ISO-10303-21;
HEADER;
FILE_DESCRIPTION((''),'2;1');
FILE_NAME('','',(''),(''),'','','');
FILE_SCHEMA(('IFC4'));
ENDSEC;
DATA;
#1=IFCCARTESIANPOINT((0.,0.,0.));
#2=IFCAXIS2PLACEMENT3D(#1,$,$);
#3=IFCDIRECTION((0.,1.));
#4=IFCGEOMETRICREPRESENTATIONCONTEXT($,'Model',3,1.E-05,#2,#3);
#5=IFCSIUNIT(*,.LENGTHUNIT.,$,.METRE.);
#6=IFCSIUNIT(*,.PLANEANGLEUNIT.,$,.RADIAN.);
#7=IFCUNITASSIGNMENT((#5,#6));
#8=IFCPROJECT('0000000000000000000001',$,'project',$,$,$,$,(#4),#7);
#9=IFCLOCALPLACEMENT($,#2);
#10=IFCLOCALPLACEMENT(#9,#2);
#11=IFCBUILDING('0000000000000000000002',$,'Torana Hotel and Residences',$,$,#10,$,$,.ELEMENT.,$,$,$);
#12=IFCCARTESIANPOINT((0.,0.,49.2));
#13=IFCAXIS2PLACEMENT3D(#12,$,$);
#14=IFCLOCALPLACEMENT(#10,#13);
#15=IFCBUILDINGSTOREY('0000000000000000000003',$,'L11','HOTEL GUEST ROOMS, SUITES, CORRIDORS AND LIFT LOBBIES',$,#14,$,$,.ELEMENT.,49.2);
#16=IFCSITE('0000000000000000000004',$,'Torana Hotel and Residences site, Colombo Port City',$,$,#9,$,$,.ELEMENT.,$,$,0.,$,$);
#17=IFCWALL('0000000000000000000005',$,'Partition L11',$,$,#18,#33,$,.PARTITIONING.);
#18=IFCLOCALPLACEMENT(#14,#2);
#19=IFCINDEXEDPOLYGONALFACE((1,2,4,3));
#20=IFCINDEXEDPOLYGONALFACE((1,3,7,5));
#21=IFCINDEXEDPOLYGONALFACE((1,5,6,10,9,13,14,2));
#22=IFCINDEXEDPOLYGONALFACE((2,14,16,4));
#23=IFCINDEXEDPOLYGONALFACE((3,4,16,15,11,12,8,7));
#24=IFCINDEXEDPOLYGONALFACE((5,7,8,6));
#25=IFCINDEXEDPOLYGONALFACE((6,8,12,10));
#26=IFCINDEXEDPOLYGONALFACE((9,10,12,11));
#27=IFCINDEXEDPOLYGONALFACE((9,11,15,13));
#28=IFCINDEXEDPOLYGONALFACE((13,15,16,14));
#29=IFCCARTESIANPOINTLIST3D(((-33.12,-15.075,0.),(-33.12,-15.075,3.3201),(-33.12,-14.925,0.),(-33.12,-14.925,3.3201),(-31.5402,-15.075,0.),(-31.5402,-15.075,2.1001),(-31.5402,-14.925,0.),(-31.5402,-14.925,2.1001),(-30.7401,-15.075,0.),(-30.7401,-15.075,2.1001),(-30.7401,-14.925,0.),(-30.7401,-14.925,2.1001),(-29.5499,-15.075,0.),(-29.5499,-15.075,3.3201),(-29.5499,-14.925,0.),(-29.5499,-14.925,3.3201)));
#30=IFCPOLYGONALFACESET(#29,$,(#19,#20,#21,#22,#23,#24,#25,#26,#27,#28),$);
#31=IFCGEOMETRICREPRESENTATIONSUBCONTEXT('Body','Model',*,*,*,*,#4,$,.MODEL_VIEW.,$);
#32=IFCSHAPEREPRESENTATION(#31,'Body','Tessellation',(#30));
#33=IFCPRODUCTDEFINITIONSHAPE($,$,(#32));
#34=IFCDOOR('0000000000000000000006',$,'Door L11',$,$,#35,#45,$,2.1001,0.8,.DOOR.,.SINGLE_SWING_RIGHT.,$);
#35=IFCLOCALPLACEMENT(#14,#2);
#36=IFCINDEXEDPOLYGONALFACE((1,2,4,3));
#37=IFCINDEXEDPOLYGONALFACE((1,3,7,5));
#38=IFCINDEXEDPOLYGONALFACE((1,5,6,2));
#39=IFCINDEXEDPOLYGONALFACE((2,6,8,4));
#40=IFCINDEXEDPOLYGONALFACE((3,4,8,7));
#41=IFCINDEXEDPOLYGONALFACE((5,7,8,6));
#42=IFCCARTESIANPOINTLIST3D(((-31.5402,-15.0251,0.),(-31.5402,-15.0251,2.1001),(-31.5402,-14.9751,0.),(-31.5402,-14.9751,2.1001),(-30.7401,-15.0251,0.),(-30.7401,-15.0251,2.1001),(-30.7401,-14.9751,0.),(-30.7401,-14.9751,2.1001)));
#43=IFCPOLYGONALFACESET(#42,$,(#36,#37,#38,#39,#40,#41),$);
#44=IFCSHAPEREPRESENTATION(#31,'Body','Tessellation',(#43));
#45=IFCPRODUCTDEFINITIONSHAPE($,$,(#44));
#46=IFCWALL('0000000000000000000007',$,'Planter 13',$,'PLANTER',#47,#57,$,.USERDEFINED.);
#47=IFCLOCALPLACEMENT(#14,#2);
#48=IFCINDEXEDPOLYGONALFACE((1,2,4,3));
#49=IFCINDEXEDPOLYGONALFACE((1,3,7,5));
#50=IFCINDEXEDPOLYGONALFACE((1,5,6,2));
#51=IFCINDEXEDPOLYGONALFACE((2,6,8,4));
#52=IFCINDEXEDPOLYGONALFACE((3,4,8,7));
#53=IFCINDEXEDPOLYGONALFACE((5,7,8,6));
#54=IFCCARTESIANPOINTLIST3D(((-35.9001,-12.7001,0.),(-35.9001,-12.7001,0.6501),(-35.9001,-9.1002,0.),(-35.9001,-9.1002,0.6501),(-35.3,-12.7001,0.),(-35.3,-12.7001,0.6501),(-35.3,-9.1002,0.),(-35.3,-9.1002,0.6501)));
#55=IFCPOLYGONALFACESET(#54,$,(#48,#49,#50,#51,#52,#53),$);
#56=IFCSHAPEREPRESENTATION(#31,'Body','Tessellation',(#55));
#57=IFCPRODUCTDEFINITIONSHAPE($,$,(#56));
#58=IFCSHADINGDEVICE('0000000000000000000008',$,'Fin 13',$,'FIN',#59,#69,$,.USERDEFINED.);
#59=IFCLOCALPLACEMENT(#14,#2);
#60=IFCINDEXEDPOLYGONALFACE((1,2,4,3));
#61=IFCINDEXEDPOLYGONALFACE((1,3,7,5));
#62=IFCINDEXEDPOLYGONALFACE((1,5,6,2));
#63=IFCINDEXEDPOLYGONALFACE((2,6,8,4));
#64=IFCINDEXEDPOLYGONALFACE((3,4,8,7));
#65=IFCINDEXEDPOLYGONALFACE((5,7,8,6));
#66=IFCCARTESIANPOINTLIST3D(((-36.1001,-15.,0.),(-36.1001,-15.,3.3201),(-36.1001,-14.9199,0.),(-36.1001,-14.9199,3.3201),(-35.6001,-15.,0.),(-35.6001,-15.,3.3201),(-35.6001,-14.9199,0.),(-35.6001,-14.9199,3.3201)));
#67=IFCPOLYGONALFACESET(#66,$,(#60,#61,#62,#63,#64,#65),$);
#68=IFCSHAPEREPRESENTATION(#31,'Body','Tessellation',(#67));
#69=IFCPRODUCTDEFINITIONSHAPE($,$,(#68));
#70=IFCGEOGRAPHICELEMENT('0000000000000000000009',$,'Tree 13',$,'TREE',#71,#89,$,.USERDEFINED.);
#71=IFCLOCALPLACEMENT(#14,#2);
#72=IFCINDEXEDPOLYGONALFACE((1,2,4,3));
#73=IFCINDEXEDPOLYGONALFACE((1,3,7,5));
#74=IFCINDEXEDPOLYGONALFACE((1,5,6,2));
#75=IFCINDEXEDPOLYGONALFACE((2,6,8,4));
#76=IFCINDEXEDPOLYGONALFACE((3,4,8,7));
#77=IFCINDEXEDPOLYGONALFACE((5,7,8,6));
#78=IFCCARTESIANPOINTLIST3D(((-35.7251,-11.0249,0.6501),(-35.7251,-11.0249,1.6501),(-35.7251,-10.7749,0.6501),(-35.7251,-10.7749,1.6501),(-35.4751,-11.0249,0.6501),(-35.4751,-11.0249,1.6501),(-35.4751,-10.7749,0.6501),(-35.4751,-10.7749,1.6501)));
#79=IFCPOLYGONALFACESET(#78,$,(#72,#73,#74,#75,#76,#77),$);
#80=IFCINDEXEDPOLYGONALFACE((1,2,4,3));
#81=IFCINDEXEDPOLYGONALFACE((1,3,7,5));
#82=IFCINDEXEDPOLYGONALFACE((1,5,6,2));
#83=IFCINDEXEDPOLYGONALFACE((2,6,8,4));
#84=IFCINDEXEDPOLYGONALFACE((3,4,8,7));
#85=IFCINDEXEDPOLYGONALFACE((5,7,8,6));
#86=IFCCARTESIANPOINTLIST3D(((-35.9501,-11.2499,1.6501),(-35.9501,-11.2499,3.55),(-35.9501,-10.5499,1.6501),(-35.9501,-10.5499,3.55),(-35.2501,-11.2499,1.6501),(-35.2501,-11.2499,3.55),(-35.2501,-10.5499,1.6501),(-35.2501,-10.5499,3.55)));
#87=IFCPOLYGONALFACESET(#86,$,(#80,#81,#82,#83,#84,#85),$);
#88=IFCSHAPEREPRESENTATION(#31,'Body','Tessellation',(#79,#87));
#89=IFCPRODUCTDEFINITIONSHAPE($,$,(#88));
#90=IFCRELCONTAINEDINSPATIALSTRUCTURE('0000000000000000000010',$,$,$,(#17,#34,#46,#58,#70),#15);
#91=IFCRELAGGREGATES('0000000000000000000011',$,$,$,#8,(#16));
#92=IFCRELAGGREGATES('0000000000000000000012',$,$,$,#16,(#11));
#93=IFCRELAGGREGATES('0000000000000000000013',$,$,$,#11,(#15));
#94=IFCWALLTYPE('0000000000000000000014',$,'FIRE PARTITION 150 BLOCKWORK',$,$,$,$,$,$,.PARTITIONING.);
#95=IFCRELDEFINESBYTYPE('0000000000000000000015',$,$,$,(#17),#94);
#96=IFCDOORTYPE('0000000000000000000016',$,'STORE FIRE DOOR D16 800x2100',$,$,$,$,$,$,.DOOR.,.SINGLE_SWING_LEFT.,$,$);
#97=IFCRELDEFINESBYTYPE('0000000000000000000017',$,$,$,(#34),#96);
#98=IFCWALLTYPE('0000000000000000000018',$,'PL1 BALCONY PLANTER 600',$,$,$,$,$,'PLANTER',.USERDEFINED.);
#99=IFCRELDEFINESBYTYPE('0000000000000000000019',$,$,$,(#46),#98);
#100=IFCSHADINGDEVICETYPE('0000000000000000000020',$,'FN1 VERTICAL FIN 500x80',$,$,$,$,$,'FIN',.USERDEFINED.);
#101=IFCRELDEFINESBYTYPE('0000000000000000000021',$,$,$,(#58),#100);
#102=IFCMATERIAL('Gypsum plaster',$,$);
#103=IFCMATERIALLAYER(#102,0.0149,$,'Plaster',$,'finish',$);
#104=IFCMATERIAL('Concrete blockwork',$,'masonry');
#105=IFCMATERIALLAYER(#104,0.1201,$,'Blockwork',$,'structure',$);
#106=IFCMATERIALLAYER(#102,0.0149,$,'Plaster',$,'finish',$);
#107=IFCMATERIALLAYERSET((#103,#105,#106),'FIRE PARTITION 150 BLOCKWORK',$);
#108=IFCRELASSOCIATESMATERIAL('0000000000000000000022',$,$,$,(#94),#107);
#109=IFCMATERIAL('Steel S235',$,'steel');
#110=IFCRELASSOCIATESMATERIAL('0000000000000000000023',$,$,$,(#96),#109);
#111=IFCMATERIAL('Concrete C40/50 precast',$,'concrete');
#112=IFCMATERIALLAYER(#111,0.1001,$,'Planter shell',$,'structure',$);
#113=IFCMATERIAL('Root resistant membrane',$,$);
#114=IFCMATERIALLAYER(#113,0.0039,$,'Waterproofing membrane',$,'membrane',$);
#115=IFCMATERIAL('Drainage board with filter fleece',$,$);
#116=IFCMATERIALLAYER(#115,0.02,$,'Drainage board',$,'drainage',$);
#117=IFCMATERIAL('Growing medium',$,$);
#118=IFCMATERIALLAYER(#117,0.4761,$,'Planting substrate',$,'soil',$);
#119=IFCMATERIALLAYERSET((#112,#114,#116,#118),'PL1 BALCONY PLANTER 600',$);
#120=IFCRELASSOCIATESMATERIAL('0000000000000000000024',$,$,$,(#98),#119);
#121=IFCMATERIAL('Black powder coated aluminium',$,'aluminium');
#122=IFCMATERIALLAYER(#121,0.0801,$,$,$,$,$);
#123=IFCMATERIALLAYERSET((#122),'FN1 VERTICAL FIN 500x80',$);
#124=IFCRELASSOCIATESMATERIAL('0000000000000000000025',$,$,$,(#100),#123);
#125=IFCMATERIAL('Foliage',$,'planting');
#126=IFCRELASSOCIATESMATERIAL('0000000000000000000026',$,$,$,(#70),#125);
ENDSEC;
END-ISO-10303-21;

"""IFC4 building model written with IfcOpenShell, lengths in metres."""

from ifc_helpers import new_model, si_unit, direction, frame, frame_2d, origin, origin_2d, place, context, subcontext, project, spatial, rectangle, extrude, material, layer, layer_set, type_object, element, fill, save


model = new_model("IFC4")

# Units and contexts
model_context = context("Model", 3, precision=1e-05, world=origin(), true_north=direction((0.0, 1.0)))
body_context = subcontext(model_context, "Body", "Model", "MODEL_VIEW")
ifc_project = project(units=[si_unit("LENGTHUNIT", "METRE"), si_unit("PLANEANGLEUNIT", "RADIAN")], contexts=[model_context])

# Site, building, storey
site_placement = place(None, origin())
site = spatial("IfcSite", under=ifc_project, at=site_placement, Name="Torana Hotel and Residences site, Colombo Port City", CompositionType="ELEMENT", RefElevation=0.0)
building_placement = place(site_placement, origin())
building = spatial("IfcBuilding", under=site, at=building_placement, Name="Torana Hotel and Residences", CompositionType="ELEMENT")
storey_placement = place(building_placement, frame((0.0, 0.0, 49.2)))
storey = spatial("IfcBuildingStorey", under=building, at=storey_placement, Name="L11", Description="HOTEL GUEST ROOMS, SUITES, CORRIDORS AND LIFT LOBBIES", CompositionType="ELEMENT", Elevation=49.2)

# Wall, opening, door
ifc_material_1 = material(Name="Gypsum plaster")
ifc_layer_1 = layer(ifc_material_1, 0.0149, Name="Plaster", Category="finish")
ifc_material_2 = material(Name="Concrete blockwork", Category="masonry")
ifc_layer_2 = layer(ifc_material_2, 0.1201, Name="Blockwork", Category="structure")
ifc_layer_3 = layer(ifc_material_1, 0.0149, Name="Plaster", Category="finish")
ifc_layer_set_1 = layer_set([ifc_layer_1, ifc_layer_2, ifc_layer_3], Name="FIRE PARTITION 150 BLOCKWORK")
wall_type_1 = type_object("IfcWallType", Name="FIRE PARTITION 150 BLOCKWORK", PredefinedType="PARTITIONING", material=ifc_layer_set_1)
wall_1_placement = place(storey_placement, frame((-33.1201, -15.0, 0.0), z_axis=(0.0, 0.0, 1.0), x_axis=(1.0, 0.0, 0.0)))
wall_1 = element("IfcWall", 1, at=wall_1_placement, inside=storey, type_object=wall_type_1, Name="Partition L11", PredefinedType="PARTITIONING", context=body_context, shape_type="SweptSolid", body=[
    extrude(rectangle(XDim=3.5701, YDim=0.1499, at=frame_2d((1.7852, 0.0))), origin(), (0.0, 0.0, 1.0), 3.3201),
])
opening_1_placement = place(wall_1_placement, frame((1.5801, 0.0, 0.0)))
opening_1 = element("IfcOpeningElement", 2, at=opening_1_placement, cuts=wall_1, PredefinedType="OPENING", context=body_context, shape_type="SweptSolid", body=[
    extrude(rectangle(XDim=0.8, YDim=2.1001, at=frame_2d((0.3999, 1.05))), frame((0.0, 0.085, 0.0), z_axis=(0.0, -1.0, 0.0), x_axis=(1.0, 0.0, 0.0)), (0.0, 0.0, 1.0), 0.1699),
])
ifc_material_3 = material(Name="Steel S235", Category="steel")
door_type_1 = type_object("IfcDoorType", Name="STORE FIRE DOOR D16 800x2100", OperationType="SINGLE_SWING_LEFT", PredefinedType="DOOR", material=ifc_material_3)
door_1_placement = place(opening_1_placement, origin())
door_1 = element("IfcDoor", 3, at=door_1_placement, inside=storey, type_object=door_type_1, Name="Door L11", OperationType="SINGLE_SWING_RIGHT", OverallHeight=2.1001, OverallWidth=0.8, PredefinedType="DOOR", context=body_context, shape_type="SweptSolid", body=[
    extrude(rectangle(XDim=0.8, YDim=2.1001, at=frame_2d((0.3999, 1.05))), frame((0.0, 0.0249, 0.0), z_axis=(0.0, -1.0, 0.0), x_axis=(1.0, 0.0, 0.0)), (0.0, 0.0, 1.0), 0.05),
])
fill(opening_1, door_1)

# Wall
ifc_material_4 = material(Name="Concrete C40/50 precast", Category="concrete")
ifc_layer_4 = layer(ifc_material_4, 0.1001, Name="Planter shell", Category="structure")
ifc_material_5 = material(Name="Root resistant membrane")
ifc_layer_5 = layer(ifc_material_5, 0.0039, Name="Waterproofing membrane", Category="membrane")
ifc_material_6 = material(Name="Drainage board with filter fleece")
ifc_layer_6 = layer(ifc_material_6, 0.02, Name="Drainage board", Category="drainage")
ifc_material_7 = material(Name="Growing medium")
ifc_layer_7 = layer(ifc_material_7, 0.4761, Name="Planting substrate", Category="soil")
ifc_layer_set_2 = layer_set([ifc_layer_4, ifc_layer_5, ifc_layer_6, ifc_layer_7], Name="PL1 BALCONY PLANTER 600")
wall_type_2 = type_object("IfcWallType", Name="PL1 BALCONY PLANTER 600", ElementType="PLANTER", PredefinedType="USERDEFINED", material=ifc_layer_set_2)
wall_2_placement = place(storey_placement, frame((-35.6001, -12.7, 0.0), z_axis=(0.0, 0.0, 1.0), x_axis=(0.0, 1.0, 0.0)))
element("IfcWall", 4, at=wall_2_placement, inside=storey, type_object=wall_type_2, Name="Planter 13", ObjectType="PLANTER", PredefinedType="USERDEFINED", context=body_context, shape_type="SweptSolid", body=[
    extrude(rectangle(XDim=3.5999, YDim=0.6001, at=frame_2d((1.7998, 0.0))), origin(), (0.0, 0.0, 1.0), 0.6501),
])

# Shading device
ifc_material_8 = material(Name="Black powder coated aluminium", Category="aluminium")
ifc_layer_8 = layer(ifc_material_8, 0.0801)
ifc_layer_set_3 = layer_set([ifc_layer_8], Name="FN1 VERTICAL FIN 500x80")
shading_device_type = type_object("IfcShadingDeviceType", Name="FN1 VERTICAL FIN 500x80", ElementType="FIN", PredefinedType="USERDEFINED", material=ifc_layer_set_3)
shading_device_placement = place(storey_placement, frame((-35.8501, -14.96, 0.0), z_axis=(0.0, 0.0, 1.0), x_axis=(0.0, 1.0, 0.0)))
element("IfcShadingDevice", 5, at=shading_device_placement, inside=storey, type_object=shading_device_type, Name="Fin 13", ObjectType="FIN", PredefinedType="USERDEFINED", context=body_context, shape_type="SweptSolid", body=[
    extrude(rectangle(XDim=0.0801, YDim=0.5, at=origin_2d()), origin(), (0.0, 0.0, 1.0), 3.3201),
])

# Geographic element
ifc_material_9 = material(Name="Foliage", Category="planting")
geographic_element_placement = place(storey_placement, frame((-35.6001, -10.8999, 0.6501), z_axis=(0.0, 0.0, 1.0), x_axis=(1.0, 0.0, 0.0)))
element("IfcGeographicElement", 6, at=geographic_element_placement, inside=storey, material=ifc_material_9, Name="Tree 13", ObjectType="TREE", PredefinedType="USERDEFINED", context=body_context, shape_type="SweptSolid", body=[
    extrude(rectangle(XDim=0.25, YDim=0.25, at=origin_2d()), origin(), (0.0, 0.0, 1.0), 1.0),
    extrude(rectangle(XDim=0.7, YDim=0.7, at=origin_2d()), frame((0.0, 0.0, 1.0)), (0.0, 0.0, 1.0), 1.8999),
])

save(model, "model.ifc")
